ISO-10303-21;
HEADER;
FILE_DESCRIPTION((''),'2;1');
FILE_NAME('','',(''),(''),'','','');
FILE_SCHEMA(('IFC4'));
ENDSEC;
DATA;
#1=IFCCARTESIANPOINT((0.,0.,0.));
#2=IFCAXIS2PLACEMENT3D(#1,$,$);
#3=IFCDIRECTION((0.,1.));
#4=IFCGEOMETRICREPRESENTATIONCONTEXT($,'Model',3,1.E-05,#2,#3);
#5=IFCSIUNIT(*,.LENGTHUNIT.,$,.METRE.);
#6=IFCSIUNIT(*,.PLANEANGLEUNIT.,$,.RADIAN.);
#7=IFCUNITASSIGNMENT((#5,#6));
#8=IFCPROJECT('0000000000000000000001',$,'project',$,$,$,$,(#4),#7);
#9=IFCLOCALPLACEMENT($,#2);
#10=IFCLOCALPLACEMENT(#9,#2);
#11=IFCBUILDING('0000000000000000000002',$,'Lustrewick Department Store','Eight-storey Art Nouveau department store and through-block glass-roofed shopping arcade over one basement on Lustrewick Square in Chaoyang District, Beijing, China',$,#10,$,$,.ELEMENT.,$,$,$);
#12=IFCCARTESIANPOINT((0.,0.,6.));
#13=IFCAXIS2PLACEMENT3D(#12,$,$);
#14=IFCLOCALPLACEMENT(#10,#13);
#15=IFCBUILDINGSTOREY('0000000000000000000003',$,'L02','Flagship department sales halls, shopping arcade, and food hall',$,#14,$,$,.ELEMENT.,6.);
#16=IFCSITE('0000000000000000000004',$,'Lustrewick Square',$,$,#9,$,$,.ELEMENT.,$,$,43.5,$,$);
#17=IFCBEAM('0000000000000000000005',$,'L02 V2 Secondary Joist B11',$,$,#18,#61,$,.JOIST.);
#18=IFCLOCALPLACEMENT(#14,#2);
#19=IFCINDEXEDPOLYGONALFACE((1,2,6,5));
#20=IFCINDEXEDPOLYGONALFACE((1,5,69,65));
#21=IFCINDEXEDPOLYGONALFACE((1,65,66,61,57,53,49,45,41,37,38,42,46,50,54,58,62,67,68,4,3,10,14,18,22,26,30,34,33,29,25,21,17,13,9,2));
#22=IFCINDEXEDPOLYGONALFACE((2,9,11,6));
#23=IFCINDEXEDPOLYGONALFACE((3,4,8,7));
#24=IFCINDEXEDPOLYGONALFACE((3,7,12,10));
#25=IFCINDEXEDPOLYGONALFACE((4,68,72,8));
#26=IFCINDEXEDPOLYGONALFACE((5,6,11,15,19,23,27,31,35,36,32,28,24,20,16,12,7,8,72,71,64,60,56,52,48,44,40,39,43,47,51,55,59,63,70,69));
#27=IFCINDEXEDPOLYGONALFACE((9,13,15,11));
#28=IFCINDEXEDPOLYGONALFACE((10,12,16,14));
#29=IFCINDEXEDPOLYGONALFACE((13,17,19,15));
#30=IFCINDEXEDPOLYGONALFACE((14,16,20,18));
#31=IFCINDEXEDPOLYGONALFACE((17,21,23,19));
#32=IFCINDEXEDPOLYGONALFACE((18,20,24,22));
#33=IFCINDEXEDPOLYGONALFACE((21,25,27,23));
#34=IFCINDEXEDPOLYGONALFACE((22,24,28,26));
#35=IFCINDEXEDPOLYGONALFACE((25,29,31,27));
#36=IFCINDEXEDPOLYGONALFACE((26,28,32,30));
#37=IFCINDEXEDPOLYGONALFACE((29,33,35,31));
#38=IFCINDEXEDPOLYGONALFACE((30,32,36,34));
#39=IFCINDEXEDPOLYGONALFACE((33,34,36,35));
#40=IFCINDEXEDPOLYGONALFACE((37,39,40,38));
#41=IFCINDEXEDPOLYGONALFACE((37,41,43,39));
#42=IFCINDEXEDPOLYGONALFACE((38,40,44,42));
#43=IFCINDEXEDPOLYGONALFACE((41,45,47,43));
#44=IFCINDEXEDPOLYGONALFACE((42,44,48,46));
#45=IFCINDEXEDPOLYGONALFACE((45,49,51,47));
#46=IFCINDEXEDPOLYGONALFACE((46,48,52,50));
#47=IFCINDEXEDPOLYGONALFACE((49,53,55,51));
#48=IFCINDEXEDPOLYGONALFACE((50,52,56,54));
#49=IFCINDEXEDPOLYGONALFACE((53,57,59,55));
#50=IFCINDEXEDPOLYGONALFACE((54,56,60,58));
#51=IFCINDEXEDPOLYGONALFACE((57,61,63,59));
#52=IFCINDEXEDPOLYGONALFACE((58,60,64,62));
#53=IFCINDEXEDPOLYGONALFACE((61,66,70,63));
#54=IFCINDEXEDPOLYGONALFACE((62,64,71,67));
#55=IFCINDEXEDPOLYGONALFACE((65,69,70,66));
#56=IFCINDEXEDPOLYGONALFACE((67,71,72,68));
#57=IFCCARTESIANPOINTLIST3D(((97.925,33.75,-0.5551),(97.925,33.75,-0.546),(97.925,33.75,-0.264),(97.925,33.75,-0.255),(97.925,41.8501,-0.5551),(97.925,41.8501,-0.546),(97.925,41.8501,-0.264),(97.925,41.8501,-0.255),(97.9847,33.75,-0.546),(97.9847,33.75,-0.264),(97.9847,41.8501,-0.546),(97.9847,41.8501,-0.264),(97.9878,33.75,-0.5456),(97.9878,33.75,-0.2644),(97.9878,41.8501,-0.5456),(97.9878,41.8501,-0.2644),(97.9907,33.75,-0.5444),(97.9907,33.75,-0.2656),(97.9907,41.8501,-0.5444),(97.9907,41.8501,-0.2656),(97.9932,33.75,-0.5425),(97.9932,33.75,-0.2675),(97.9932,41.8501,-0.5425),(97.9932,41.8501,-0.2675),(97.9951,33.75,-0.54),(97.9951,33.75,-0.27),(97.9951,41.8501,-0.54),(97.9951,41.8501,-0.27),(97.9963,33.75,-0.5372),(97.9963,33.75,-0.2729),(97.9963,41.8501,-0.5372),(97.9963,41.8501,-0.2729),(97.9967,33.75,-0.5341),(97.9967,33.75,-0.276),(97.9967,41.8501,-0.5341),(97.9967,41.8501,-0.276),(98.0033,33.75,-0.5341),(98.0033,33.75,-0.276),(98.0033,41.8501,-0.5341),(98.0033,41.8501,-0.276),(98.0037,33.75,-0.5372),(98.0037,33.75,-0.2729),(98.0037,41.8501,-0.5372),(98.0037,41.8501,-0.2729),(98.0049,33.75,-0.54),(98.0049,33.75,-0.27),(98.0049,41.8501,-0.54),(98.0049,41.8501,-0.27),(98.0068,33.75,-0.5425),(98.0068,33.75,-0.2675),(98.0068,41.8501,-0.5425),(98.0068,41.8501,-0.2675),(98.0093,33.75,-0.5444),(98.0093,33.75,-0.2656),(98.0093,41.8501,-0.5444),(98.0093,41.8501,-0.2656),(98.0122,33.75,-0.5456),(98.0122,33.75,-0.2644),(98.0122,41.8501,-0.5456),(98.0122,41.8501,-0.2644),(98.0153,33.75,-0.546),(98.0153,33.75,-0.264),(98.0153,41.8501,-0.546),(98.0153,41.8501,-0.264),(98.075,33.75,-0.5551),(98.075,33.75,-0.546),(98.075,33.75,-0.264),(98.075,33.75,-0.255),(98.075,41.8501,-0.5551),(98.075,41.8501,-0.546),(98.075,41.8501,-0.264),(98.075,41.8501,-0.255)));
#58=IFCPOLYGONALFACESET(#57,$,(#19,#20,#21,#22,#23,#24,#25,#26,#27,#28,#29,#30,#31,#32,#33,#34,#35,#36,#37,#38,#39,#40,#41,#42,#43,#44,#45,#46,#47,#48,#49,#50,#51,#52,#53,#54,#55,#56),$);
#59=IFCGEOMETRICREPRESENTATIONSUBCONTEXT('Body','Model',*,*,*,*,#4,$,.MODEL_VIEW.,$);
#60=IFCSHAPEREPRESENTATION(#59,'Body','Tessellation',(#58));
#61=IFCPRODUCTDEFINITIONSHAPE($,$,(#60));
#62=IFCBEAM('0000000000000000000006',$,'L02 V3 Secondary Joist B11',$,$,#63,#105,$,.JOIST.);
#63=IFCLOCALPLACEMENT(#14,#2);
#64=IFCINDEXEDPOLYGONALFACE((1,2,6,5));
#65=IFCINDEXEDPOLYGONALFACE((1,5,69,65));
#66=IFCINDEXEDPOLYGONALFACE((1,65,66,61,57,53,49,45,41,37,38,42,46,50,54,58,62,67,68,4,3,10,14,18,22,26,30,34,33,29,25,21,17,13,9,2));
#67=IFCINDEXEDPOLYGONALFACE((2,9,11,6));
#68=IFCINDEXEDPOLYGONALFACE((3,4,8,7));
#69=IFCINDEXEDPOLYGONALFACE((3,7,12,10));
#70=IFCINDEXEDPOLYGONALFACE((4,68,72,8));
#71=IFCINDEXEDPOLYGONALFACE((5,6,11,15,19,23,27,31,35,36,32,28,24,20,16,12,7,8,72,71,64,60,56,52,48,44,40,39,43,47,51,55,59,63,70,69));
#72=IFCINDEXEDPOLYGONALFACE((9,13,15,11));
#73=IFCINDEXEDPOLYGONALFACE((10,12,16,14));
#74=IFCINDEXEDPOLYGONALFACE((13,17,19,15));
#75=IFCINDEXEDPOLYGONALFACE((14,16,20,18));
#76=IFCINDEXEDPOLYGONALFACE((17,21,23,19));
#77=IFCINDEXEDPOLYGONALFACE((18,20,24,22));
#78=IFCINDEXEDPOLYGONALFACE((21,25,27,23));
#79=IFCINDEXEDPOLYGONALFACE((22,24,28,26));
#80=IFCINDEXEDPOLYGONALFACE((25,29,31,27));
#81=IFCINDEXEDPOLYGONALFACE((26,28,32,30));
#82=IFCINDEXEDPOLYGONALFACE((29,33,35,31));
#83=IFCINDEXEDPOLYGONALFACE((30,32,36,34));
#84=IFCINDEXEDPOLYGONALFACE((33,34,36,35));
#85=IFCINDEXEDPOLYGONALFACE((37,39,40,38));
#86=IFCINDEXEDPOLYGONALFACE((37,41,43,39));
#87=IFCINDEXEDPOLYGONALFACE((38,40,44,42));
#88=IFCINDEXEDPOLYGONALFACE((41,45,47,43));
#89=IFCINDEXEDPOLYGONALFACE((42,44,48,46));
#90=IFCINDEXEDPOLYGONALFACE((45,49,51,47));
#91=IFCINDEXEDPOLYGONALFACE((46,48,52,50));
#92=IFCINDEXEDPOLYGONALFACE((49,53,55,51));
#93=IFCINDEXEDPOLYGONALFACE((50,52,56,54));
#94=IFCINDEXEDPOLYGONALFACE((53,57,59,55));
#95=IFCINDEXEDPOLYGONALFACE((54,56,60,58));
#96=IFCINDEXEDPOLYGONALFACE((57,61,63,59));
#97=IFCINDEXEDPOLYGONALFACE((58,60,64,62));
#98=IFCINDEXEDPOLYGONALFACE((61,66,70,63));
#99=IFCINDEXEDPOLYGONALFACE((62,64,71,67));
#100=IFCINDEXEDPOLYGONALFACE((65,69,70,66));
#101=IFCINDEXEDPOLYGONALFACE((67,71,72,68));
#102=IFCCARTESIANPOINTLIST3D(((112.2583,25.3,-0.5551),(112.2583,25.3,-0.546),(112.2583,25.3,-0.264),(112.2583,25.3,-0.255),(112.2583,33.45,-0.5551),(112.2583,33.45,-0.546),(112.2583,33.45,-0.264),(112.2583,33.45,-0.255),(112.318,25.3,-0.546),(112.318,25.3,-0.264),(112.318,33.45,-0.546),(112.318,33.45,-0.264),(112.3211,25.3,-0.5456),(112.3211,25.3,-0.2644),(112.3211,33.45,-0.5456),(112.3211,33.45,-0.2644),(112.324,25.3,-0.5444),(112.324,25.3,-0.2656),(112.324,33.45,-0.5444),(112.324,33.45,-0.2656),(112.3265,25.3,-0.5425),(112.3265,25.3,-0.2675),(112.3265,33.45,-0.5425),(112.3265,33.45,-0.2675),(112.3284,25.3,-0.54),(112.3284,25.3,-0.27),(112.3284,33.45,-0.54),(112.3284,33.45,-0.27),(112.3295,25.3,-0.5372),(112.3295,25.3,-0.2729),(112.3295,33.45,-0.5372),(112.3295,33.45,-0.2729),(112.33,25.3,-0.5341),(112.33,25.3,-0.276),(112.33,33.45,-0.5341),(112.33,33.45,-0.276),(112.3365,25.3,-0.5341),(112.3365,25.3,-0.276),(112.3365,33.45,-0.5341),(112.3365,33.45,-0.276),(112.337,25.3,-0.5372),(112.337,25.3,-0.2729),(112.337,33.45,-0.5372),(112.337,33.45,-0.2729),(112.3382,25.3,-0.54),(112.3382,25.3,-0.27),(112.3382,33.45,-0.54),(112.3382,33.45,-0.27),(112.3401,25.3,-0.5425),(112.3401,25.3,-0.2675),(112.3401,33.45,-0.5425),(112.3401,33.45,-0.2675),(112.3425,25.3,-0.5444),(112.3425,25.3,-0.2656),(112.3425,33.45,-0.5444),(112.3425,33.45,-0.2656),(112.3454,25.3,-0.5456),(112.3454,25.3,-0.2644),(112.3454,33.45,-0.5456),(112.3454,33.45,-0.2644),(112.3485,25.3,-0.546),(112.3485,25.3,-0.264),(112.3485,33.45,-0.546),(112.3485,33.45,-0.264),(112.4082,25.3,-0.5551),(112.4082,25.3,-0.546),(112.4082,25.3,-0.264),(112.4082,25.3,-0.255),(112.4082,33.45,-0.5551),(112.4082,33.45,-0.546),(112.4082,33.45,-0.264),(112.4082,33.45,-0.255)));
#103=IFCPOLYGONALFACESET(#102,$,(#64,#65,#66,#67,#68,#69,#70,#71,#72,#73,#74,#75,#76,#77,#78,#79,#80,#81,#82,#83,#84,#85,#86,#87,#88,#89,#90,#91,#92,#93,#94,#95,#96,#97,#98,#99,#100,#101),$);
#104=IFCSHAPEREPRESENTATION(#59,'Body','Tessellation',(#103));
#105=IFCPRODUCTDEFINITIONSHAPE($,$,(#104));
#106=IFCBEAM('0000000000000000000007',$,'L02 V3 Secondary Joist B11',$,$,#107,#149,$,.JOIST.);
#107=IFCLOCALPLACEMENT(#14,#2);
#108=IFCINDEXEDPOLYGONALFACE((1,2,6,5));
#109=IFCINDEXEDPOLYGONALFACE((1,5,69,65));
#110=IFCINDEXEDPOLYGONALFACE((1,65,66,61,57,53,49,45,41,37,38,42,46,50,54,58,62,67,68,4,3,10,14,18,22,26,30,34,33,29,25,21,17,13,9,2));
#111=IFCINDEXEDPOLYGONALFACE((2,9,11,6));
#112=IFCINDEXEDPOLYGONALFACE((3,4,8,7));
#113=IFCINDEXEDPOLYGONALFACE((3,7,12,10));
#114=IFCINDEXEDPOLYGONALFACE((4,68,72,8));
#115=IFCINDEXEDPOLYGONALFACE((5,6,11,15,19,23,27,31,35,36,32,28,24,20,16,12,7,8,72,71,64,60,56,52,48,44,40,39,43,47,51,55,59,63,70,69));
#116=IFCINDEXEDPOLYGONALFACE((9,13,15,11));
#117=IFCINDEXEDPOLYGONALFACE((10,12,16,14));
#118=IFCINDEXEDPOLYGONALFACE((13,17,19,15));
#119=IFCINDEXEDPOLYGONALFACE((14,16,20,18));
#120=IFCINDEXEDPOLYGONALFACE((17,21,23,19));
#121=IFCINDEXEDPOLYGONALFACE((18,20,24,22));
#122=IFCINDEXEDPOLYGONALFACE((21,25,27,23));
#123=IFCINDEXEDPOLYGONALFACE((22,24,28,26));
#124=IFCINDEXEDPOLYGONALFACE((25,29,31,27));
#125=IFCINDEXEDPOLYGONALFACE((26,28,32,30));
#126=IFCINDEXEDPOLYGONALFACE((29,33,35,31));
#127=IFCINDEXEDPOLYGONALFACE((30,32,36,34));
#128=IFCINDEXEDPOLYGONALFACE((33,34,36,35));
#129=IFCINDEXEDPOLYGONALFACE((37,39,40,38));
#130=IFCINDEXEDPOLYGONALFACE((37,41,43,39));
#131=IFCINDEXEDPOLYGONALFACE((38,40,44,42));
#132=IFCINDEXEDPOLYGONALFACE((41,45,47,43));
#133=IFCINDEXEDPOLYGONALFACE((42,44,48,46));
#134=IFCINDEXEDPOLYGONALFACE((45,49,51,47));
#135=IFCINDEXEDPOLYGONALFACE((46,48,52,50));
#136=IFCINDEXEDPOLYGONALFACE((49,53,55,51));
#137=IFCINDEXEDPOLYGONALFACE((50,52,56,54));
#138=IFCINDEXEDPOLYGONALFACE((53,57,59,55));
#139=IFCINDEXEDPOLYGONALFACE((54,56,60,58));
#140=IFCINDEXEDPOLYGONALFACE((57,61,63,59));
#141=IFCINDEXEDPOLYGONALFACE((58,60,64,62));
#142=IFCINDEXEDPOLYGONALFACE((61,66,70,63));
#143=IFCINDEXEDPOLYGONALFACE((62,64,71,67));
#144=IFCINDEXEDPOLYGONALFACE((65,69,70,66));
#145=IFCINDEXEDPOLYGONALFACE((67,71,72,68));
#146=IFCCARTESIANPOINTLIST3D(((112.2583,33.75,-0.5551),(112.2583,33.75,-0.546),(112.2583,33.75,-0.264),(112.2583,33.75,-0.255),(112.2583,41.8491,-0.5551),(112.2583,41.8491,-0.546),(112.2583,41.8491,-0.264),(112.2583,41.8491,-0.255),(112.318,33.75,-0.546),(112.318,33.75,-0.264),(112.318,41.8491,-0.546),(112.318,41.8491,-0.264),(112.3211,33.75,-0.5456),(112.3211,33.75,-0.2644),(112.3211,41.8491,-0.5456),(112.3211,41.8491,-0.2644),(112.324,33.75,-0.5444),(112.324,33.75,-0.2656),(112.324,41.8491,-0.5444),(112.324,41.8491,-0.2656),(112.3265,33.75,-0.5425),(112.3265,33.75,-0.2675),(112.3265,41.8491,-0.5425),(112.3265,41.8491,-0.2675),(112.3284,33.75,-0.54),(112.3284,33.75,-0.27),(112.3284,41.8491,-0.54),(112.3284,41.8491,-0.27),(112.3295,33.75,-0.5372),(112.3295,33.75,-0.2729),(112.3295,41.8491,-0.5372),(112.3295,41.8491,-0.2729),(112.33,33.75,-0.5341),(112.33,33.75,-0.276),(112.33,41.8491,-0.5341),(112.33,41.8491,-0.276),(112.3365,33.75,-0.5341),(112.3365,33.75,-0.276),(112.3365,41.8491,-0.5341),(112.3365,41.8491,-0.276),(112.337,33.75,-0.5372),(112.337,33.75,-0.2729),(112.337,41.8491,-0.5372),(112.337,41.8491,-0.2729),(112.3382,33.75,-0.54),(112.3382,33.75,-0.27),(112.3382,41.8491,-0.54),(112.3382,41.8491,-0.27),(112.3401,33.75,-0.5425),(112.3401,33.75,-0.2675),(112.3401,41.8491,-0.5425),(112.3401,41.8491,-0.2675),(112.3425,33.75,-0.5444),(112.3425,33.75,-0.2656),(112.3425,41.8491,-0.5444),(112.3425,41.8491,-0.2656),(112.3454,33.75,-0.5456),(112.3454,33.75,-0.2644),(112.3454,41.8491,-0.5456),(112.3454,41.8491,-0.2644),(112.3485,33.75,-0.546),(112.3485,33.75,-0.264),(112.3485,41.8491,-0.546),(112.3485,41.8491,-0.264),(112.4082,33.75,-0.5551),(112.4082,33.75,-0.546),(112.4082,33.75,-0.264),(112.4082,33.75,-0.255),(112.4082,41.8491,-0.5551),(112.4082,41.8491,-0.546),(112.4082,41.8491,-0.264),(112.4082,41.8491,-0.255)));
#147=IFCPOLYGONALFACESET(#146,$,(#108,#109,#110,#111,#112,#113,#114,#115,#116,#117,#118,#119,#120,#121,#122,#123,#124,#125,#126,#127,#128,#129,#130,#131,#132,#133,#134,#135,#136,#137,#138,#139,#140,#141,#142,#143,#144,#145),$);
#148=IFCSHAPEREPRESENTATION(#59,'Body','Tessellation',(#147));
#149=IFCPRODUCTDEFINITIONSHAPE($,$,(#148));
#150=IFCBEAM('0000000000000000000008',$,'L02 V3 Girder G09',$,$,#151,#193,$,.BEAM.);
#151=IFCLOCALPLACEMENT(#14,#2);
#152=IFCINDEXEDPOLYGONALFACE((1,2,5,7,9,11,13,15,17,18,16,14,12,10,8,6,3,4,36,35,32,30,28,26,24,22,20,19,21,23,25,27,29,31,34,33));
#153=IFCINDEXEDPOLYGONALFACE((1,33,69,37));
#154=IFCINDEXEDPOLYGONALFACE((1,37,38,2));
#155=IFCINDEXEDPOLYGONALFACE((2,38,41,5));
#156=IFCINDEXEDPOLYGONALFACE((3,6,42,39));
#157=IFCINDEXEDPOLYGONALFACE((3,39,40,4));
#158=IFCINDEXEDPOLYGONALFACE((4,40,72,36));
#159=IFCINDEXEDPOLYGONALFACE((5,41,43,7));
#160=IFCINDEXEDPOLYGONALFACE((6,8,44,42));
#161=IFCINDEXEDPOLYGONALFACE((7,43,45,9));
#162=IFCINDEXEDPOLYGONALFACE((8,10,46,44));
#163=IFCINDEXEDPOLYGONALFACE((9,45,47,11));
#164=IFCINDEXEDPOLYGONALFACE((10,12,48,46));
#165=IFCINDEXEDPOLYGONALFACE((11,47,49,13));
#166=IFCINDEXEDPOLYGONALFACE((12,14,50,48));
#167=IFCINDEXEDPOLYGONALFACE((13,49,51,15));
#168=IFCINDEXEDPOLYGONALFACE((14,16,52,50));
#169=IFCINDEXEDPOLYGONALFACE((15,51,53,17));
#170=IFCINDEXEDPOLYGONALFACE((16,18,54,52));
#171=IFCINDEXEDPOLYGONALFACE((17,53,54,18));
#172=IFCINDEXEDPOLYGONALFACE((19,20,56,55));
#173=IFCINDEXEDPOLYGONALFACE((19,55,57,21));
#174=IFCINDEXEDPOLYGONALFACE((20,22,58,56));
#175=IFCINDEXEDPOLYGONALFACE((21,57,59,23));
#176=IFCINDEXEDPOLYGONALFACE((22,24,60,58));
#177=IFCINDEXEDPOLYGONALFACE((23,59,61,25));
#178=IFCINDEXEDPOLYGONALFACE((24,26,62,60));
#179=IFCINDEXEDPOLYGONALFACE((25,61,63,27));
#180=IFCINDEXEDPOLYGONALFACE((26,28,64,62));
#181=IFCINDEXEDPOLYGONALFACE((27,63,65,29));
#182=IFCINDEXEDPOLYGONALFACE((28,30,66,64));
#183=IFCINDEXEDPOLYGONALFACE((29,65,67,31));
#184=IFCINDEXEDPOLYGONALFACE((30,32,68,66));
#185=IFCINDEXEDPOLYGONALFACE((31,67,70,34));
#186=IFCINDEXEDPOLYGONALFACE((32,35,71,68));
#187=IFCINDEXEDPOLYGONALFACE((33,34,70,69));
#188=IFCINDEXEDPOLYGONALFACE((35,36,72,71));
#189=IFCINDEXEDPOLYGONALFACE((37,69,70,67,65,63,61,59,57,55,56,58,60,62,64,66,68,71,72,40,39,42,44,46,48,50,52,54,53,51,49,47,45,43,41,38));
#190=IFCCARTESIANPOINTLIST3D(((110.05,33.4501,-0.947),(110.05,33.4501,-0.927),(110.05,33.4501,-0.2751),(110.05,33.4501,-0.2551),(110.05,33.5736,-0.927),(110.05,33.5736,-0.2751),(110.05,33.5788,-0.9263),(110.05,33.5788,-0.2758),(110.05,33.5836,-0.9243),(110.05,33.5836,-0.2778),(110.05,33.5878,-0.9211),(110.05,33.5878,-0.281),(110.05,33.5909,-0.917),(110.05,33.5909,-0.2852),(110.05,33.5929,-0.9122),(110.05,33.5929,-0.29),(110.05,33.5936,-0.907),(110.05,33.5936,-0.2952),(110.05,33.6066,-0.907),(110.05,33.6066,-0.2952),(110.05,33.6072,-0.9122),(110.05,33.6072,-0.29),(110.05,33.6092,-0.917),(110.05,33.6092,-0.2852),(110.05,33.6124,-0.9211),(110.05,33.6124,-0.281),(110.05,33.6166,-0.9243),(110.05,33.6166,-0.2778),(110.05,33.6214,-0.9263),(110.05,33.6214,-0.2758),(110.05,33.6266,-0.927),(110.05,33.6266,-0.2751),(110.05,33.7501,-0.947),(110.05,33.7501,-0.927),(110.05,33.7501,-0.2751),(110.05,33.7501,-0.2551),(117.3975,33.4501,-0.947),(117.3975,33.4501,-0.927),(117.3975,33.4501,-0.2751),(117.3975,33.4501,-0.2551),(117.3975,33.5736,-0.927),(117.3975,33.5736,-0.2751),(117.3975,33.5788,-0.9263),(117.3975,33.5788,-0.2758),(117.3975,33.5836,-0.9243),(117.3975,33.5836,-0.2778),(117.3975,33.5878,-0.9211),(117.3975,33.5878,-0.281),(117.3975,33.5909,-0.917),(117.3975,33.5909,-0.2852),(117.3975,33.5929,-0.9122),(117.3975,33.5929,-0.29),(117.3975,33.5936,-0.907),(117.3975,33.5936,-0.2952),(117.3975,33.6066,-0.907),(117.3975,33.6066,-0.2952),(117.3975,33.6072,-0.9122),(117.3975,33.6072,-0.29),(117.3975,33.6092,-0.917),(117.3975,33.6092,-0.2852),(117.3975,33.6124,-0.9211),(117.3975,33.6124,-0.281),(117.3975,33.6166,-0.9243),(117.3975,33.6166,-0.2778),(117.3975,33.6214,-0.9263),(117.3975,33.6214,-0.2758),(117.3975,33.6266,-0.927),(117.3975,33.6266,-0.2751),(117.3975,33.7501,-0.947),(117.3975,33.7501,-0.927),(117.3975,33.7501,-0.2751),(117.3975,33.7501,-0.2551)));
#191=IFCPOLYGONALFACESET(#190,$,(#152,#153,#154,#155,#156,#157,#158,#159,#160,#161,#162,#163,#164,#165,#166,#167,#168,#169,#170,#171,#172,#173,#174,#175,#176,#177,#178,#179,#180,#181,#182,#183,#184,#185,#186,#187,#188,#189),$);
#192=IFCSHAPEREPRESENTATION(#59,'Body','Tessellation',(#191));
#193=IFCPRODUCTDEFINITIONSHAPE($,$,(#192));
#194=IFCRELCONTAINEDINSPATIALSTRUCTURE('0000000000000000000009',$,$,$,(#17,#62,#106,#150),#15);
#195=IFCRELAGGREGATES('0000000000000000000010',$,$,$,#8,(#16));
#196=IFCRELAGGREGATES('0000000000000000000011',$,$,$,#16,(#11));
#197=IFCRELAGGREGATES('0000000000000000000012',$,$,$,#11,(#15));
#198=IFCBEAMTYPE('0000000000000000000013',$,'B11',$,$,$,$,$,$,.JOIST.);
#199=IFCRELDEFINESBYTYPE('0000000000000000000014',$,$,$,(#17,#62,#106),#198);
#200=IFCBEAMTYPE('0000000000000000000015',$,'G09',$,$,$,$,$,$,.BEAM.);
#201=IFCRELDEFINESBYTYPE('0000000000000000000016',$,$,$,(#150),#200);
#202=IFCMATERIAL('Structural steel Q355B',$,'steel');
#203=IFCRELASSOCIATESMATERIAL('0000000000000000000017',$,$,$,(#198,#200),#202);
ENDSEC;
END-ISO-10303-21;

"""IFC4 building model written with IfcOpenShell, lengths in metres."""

from ifc_helpers import new_model, si_unit, direction, frame, origin, origin_2d, place, context, subcontext, project, spatial, i_section, extrude, material, material_profile, profile_set, type_object, element, save


model = new_model("IFC4")

# Units and contexts
model_context = context("Model", 3, precision=1e-05, world=origin(), true_north=direction((0.0, 1.0)))
body_context = subcontext(model_context, "Body", "Model", "MODEL_VIEW")
ifc_project = project(units=[si_unit("LENGTHUNIT", "METRE"), si_unit("PLANEANGLEUNIT", "RADIAN")], contexts=[model_context])

# Site, building, storey
site_placement = place(None, origin())
site = spatial("IfcSite", under=ifc_project, at=site_placement, Name="Lustrewick Square", CompositionType="ELEMENT", RefElevation=43.5)
building_placement = place(site_placement, origin())
building = spatial("IfcBuilding", under=site, at=building_placement, Name="Lustrewick Department Store", Description="Eight-storey Art Nouveau department store and through-block glass-roofed shopping arcade over one basement on Lustrewick Square in Chaoyang District, Beijing, China", CompositionType="ELEMENT")
storey_placement = place(building_placement, frame((0.0, 0.0, 6.0)))
storey = spatial("IfcBuildingStorey", under=building, at=storey_placement, Name="L02", Description="Flagship department sales halls, shopping arcade, and food hall", CompositionType="ELEMENT", Elevation=6.0)

# Shared definitions
ifc_material_1 = material(Name="Structural steel Q355B", Category="steel")

# Beams
ifc_material_profile_1 = material_profile(ifc_material_1, i_section(OverallWidth=0.1499, OverallDepth=0.3, WebThickness=0.0066, FlangeThickness=0.009, FilletRadius=0.012, at=origin_2d()), Name="HN 300x150x6.5x9")
ifc_profile_set_1 = profile_set([ifc_material_profile_1], Name="Structural steel Q355B")
beam_type_1 = type_object("IfcBeamType", Name="B11", PredefinedType="JOIST", material=ifc_profile_set_1)
beam_1_placement = place(storey_placement, frame((98.0, 33.75, -0.405), z_axis=(0.0, 1.0, 0.0), x_axis=(-1.0, 0.0, 0.0)))
element("IfcBeam", 1, at=beam_1_placement, inside=storey, type_object=beam_type_1, Name="L02 V2 Secondary Joist B11", PredefinedType="JOIST", context=body_context, shape_type="SweptSolid", body=[
    extrude(i_section(OverallWidth=0.1499, OverallDepth=0.3, WebThickness=0.0066, FlangeThickness=0.009, FilletRadius=0.012, at=origin_2d()), origin(), (0.0, 0.0, 1.0), 8.1001),
])
beam_2_placement = place(storey_placement, frame((112.3333, 25.3, -0.405), z_axis=(0.0, 1.0, 0.0), x_axis=(-1.0, 0.0, 0.0)))
element("IfcBeam", 2, at=beam_2_placement, inside=storey, type_object=beam_type_1, Name="L02 V3 Secondary Joist B11", PredefinedType="JOIST", context=body_context, shape_type="SweptSolid", body=[
    extrude(i_section(OverallWidth=0.1499, OverallDepth=0.3, WebThickness=0.0066, FlangeThickness=0.009, FilletRadius=0.012, at=origin_2d()), origin(), (0.0, 0.0, 1.0), 8.1499),
])
beam_3_placement = place(storey_placement, frame((112.3333, 33.75, -0.405), z_axis=(0.0, 1.0, 0.0), x_axis=(-1.0, 0.0, 0.0)))
element("IfcBeam", 3, at=beam_3_placement, inside=storey, type_object=beam_type_1, Name="L02 V3 Secondary Joist B11", PredefinedType="JOIST", context=body_context, shape_type="SweptSolid", body=[
    extrude(i_section(OverallWidth=0.1499, OverallDepth=0.3, WebThickness=0.0066, FlangeThickness=0.009, FilletRadius=0.012, at=origin_2d()), origin(), (0.0, 0.0, 1.0), 8.0991),
])
ifc_material_profile_2 = material_profile(ifc_material_1, i_section(OverallWidth=0.3, OverallDepth=0.6919, WebThickness=0.0129, FlangeThickness=0.02, FilletRadius=0.02, at=origin_2d()), Name="HN 692x300x13x20")
ifc_profile_set_2 = profile_set([ifc_material_profile_2], Name="Structural steel Q355B")
beam_type_2 = type_object("IfcBeamType", Name="G09", PredefinedType="BEAM", material=ifc_profile_set_2)
beam_4_placement = place(storey_placement, frame((110.05, 33.6001, -0.6011), z_axis=(1.0, 0.0, 0.0), x_axis=(0.0, 1.0, 0.0)))
element("IfcBeam", 4, at=beam_4_placement, inside=storey, type_object=beam_type_2, Name="L02 V3 Girder G09", PredefinedType="BEAM", context=body_context, shape_type="SweptSolid", body=[
    extrude(i_section(OverallWidth=0.3, OverallDepth=0.6919, WebThickness=0.0129, FlangeThickness=0.02, FilletRadius=0.02, at=origin_2d()), origin(), (0.0, 0.0, 1.0), 7.3474),
])

save(model, "model.ifc")
